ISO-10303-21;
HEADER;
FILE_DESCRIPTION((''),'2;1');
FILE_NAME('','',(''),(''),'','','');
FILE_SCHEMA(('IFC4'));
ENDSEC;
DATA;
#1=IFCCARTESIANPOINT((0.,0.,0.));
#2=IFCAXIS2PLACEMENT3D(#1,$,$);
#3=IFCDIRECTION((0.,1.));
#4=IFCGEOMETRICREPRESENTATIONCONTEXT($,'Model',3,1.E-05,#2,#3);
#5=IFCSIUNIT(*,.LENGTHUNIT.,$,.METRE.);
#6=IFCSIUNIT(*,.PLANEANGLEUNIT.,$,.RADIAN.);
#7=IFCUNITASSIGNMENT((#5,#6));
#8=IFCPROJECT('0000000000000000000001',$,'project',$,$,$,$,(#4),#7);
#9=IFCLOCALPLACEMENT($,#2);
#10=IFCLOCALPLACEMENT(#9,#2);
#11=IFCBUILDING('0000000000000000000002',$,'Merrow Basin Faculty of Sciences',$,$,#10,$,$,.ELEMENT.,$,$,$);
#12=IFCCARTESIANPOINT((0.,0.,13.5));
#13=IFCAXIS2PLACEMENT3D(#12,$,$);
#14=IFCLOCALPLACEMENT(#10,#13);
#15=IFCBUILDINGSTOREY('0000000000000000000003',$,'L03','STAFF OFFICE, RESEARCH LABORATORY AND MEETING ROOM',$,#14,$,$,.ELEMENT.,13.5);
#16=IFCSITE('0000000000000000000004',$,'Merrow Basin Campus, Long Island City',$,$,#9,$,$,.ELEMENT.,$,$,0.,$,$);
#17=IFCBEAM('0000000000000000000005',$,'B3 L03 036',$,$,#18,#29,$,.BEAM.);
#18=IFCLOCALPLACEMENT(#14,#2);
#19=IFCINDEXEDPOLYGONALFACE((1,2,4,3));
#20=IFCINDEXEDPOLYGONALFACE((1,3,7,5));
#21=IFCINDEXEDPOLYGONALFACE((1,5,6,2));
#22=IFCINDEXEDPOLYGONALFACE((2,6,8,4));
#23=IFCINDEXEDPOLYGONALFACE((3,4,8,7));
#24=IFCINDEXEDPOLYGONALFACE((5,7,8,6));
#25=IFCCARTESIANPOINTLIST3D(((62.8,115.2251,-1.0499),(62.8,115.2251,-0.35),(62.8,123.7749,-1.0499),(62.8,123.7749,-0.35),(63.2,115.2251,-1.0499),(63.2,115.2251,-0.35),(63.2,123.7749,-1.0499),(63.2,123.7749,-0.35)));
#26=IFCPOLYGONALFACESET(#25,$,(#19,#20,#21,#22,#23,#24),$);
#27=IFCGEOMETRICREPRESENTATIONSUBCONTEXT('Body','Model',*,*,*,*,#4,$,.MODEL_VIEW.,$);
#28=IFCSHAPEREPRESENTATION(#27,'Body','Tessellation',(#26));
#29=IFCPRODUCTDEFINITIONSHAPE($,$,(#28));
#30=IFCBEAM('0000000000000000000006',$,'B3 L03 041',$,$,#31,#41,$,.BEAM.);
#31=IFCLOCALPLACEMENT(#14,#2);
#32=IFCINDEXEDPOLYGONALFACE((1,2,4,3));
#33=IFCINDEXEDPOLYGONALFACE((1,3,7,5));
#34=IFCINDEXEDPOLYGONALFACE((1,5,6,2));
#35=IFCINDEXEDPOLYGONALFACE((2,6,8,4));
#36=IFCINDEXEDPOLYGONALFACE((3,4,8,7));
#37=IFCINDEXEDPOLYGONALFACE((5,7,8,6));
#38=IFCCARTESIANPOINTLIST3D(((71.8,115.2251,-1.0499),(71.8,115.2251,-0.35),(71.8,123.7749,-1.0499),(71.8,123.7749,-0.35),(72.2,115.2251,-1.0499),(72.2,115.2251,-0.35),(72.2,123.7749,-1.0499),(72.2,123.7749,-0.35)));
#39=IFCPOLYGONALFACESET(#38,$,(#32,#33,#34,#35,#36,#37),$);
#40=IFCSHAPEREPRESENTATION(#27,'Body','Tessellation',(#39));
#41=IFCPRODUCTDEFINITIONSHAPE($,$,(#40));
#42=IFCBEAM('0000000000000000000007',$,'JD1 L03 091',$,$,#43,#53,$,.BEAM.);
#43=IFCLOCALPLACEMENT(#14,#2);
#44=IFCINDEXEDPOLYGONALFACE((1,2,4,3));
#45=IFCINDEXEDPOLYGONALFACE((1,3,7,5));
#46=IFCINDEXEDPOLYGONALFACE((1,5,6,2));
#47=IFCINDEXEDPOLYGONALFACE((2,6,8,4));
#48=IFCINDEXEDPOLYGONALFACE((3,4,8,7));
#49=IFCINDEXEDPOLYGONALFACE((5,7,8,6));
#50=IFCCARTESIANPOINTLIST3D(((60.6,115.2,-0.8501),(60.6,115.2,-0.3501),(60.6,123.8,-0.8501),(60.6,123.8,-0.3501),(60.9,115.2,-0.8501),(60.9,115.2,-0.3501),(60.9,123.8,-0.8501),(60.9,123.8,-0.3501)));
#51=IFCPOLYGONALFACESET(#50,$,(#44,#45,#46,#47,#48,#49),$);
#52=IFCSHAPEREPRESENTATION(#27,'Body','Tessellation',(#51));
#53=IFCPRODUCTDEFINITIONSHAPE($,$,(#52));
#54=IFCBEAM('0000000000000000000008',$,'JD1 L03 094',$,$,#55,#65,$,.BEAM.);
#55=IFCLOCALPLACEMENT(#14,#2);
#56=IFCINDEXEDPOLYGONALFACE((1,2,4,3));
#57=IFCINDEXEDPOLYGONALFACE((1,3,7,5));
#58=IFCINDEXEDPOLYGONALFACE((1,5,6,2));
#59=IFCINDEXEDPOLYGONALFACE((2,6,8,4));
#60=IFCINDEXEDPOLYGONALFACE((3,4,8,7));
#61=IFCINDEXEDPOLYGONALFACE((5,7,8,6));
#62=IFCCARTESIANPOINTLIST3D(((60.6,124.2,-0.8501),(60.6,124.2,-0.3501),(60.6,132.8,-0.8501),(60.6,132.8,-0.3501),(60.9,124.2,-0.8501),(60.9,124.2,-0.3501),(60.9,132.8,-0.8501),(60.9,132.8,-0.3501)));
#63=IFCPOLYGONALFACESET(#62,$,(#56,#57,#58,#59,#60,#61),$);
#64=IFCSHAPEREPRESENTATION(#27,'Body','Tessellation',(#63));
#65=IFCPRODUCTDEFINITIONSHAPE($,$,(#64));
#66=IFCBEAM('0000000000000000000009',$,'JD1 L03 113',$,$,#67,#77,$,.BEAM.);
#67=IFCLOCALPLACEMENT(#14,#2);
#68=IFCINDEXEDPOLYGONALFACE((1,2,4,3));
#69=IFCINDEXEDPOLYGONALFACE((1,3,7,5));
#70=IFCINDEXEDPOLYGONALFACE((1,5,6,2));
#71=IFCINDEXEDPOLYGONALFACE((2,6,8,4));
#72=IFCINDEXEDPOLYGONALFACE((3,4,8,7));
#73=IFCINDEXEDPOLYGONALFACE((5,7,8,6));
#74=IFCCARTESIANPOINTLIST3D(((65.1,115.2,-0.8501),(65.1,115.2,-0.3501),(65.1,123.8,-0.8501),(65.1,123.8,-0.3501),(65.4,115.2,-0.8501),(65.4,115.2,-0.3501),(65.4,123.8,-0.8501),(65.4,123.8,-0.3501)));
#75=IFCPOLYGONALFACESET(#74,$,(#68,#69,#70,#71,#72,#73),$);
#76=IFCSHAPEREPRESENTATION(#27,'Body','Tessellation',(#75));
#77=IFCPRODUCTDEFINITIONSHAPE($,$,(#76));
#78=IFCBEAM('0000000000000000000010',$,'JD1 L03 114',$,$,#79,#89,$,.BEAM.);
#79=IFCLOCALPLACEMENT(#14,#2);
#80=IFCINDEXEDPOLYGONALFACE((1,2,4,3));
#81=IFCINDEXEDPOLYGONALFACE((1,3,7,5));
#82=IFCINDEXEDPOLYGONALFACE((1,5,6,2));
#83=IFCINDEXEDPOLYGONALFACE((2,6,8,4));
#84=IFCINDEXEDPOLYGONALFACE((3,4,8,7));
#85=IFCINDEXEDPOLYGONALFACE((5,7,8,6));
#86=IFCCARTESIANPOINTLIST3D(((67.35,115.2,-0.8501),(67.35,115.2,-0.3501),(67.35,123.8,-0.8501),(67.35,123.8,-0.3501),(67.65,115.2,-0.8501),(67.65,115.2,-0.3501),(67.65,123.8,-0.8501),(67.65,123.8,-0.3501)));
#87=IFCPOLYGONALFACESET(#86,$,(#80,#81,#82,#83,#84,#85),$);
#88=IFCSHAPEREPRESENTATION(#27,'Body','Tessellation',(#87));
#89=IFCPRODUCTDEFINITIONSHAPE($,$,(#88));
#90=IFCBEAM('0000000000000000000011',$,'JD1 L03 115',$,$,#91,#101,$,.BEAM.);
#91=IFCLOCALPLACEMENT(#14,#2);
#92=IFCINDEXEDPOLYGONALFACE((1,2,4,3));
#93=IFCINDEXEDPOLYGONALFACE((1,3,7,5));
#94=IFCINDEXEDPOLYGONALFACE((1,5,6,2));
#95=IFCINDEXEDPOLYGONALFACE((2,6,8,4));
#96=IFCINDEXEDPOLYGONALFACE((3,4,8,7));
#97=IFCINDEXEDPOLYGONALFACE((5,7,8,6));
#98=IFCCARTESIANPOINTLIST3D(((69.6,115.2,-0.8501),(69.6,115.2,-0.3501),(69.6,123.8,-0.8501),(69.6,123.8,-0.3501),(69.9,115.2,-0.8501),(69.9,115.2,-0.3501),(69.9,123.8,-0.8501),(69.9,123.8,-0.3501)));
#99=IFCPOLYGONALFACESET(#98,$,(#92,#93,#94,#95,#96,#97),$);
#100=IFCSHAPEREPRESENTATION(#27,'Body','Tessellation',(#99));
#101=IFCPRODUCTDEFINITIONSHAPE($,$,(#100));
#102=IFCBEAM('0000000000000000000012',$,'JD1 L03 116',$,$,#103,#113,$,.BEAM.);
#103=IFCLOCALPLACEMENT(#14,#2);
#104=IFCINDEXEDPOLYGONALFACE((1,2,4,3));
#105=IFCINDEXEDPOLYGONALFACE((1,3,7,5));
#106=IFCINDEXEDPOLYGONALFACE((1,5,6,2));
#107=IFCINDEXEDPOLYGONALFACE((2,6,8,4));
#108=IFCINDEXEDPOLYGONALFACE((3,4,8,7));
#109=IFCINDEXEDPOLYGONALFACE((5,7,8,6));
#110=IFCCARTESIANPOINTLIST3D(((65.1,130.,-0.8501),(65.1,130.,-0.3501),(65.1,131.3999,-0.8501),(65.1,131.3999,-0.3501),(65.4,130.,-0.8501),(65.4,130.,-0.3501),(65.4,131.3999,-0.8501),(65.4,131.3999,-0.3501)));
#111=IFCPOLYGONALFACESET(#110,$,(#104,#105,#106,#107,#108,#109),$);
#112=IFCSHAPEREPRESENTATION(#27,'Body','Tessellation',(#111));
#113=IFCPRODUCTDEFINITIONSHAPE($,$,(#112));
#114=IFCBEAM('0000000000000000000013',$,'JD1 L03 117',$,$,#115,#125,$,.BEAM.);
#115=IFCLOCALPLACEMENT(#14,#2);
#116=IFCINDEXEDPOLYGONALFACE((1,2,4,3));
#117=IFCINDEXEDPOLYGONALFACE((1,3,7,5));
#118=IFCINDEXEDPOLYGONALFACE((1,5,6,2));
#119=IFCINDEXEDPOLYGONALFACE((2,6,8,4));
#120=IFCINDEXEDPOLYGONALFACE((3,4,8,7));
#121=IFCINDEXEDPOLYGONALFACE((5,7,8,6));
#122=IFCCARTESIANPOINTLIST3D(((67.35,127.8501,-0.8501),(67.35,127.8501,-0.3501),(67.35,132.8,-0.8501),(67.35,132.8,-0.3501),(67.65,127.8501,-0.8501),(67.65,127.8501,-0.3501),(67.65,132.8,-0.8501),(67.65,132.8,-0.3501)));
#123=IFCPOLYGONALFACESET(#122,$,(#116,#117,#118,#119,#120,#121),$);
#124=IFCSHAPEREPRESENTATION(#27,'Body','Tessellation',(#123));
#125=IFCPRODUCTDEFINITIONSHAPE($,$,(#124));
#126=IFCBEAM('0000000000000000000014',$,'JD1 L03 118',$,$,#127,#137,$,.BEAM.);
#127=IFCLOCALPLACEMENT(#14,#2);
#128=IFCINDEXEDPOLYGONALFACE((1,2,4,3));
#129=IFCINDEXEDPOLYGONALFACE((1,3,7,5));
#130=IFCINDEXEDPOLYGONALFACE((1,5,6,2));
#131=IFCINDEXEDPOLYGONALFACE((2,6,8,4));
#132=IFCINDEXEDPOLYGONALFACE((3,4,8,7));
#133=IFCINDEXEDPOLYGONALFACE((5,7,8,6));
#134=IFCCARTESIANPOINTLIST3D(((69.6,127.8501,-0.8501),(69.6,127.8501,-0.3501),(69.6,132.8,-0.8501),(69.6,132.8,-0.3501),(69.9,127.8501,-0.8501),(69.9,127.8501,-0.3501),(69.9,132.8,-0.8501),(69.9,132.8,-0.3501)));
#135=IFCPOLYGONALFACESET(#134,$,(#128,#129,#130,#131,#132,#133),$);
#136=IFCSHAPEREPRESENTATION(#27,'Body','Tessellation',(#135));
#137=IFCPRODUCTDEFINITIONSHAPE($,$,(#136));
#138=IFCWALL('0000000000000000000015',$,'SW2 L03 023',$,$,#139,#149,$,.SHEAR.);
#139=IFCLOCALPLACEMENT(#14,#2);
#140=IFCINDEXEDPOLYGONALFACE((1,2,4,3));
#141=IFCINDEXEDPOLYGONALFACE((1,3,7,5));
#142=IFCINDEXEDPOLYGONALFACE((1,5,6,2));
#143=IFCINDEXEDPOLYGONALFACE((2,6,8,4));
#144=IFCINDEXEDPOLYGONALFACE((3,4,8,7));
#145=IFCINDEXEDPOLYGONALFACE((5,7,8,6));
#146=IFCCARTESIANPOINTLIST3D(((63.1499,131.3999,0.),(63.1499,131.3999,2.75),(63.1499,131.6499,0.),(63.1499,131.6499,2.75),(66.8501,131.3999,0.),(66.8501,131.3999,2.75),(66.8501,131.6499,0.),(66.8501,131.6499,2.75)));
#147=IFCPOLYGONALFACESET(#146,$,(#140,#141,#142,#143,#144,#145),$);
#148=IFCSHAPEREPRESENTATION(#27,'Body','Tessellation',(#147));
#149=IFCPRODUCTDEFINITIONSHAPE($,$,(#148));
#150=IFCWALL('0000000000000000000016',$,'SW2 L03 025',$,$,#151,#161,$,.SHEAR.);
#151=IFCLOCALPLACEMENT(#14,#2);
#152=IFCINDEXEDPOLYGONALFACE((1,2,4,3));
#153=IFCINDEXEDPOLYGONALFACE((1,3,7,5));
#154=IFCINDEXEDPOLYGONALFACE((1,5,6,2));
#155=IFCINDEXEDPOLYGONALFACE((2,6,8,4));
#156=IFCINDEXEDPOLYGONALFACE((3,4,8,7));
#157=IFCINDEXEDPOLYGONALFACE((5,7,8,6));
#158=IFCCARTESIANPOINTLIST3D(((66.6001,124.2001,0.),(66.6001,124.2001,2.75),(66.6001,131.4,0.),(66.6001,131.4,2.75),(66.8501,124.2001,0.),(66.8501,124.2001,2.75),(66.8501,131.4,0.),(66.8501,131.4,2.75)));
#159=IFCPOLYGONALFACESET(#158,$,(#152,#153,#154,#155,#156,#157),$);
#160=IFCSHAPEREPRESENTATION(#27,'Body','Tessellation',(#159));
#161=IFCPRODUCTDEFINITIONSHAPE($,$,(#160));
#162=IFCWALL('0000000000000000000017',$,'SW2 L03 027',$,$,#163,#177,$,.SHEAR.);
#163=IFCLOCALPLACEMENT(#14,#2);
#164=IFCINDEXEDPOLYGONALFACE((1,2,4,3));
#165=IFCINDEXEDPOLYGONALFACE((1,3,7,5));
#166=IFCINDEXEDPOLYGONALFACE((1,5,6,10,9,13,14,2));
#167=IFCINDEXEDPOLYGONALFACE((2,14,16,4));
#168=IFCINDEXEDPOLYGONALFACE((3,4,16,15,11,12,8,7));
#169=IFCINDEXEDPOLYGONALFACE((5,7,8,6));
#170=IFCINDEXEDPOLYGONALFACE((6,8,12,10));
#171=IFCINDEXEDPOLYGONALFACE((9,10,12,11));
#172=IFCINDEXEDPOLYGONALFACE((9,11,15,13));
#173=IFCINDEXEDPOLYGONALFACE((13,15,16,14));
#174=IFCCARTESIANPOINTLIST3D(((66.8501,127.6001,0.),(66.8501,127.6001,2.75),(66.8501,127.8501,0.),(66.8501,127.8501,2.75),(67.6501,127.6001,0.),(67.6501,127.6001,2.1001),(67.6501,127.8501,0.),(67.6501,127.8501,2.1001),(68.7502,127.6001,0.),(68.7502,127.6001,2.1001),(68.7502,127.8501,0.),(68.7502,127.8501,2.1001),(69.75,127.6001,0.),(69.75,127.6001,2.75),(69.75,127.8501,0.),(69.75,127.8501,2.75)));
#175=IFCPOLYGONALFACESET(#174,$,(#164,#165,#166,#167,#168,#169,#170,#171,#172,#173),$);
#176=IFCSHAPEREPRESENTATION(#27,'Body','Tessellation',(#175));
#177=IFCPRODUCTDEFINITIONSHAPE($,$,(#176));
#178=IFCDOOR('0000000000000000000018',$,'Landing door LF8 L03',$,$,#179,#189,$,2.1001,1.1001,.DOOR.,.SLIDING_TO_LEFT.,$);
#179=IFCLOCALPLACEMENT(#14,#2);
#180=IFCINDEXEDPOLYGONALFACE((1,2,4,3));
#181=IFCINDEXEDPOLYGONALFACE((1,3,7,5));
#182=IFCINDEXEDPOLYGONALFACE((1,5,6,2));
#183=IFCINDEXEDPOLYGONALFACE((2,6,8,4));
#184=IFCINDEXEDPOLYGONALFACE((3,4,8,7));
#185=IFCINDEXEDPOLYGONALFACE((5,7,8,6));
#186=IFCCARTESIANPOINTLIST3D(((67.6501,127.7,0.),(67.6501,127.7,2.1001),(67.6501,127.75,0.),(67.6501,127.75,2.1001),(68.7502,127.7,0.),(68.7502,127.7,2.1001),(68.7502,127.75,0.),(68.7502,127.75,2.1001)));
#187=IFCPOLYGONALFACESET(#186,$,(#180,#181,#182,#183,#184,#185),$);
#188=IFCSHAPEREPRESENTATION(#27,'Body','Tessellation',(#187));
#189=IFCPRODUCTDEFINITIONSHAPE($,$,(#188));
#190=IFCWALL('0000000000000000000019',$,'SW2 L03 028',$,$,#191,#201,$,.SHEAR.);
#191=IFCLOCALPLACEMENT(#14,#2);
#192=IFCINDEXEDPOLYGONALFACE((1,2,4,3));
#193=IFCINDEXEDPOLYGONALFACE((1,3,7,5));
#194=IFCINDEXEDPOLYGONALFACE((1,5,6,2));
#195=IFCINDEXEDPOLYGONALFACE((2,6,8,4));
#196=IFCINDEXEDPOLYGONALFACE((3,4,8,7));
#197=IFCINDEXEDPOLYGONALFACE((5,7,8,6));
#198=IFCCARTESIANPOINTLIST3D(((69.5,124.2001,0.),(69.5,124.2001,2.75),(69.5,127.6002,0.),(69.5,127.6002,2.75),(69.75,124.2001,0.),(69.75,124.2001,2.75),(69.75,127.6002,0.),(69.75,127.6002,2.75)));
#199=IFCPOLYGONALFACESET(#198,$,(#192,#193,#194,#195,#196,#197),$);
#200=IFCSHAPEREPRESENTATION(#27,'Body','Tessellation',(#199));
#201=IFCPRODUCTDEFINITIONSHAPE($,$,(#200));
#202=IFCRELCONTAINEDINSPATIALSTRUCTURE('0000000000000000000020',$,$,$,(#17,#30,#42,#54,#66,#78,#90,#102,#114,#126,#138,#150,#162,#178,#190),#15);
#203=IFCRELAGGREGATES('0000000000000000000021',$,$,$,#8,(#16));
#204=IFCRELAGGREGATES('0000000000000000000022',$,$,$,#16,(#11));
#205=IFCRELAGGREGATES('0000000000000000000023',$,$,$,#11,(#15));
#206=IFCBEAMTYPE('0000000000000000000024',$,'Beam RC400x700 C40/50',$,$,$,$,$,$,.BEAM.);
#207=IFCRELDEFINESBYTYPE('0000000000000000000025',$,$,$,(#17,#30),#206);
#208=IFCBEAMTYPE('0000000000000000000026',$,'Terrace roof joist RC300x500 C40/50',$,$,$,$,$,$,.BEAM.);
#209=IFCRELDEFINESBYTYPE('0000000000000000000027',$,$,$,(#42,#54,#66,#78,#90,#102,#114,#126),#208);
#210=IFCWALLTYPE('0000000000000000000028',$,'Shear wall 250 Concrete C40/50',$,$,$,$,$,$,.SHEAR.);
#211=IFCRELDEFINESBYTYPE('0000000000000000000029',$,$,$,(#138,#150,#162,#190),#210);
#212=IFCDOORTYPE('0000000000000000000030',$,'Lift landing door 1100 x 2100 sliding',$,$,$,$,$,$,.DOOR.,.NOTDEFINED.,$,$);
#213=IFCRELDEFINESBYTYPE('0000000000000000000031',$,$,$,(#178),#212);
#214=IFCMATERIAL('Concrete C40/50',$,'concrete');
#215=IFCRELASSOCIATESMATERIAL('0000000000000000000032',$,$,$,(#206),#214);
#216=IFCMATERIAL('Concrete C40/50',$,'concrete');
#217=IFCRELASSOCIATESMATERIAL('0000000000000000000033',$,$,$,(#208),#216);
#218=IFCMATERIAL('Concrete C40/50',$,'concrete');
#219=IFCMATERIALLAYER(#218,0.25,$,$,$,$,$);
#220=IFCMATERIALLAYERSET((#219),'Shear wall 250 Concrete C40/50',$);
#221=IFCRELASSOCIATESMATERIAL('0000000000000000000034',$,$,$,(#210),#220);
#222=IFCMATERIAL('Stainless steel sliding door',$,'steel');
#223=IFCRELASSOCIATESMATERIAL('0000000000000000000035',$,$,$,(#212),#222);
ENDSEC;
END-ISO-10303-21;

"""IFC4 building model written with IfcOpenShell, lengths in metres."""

from ifc_helpers import new_model, si_unit, direction, frame, frame_2d, origin, origin_2d, place, context, subcontext, project, spatial, rectangle, extrude, material, layer, layer_set, material_profile, profile_set, type_object, element, fill, save


model = new_model("IFC4")

# Units and contexts
model_context = context("Model", 3, precision=1e-05, world=origin(), true_north=direction((0.0, 1.0)))
body_context = subcontext(model_context, "Body", "Model", "MODEL_VIEW")
ifc_project = project(units=[si_unit("LENGTHUNIT", "METRE"), si_unit("PLANEANGLEUNIT", "RADIAN")], contexts=[model_context])

# Site, building, storey
site_placement = place(None, origin())
site = spatial("IfcSite", under=ifc_project, at=site_placement, Name="Merrow Basin Campus, Long Island City", CompositionType="ELEMENT", RefElevation=0.0)
building_placement = place(site_placement, origin())
building = spatial("IfcBuilding", under=site, at=building_placement, Name="Merrow Basin Faculty of Sciences", CompositionType="ELEMENT")
storey_placement = place(building_placement, frame((0.0, 0.0, 13.5)))
storey = spatial("IfcBuildingStorey", under=building, at=storey_placement, Name="L03", Description="STAFF OFFICE, RESEARCH LABORATORY AND MEETING ROOM", CompositionType="ELEMENT", Elevation=13.5)

# Beams
ifc_material_1 = material(Name="Concrete C40/50", Category="concrete")
ifc_material_profile_1 = material_profile(ifc_material_1, rectangle(XDim=0.3999, YDim=0.7, at=origin_2d()))
ifc_profile_set_1 = profile_set([ifc_material_profile_1], Name="Concrete C40/50")
beam_type_1 = type_object("IfcBeamType", Name="Beam RC400x700 C40/50", PredefinedType="BEAM", material=ifc_profile_set_1)
for number, where, z_axis, x_axis, name in (
    (1, (63.0, 115.2251, -0.7), (0.0, 1.0, 0.0), (-1.0, 0.0, 0.0), "B3 L03 036"),
    (2, (72.0, 115.2251, -0.7), (0.0, 1.0, 0.0), (-1.0, 0.0, 0.0), "B3 L03 041"),
):
    element("IfcBeam", number, at=place(storey_placement, frame(where, z_axis=z_axis, x_axis=x_axis)), inside=storey, type_object=beam_type_1, Name=name, PredefinedType="BEAM", context=body_context, shape_type="SweptSolid", body=[
        extrude(rectangle(XDim=0.3999, YDim=0.7, at=origin_2d()), origin(), (0.0, 0.0, 1.0), 8.5498),
    ])
ifc_material_2 = material(Name="Concrete C40/50", Category="concrete")
ifc_material_profile_2 = material_profile(ifc_material_2, rectangle(XDim=0.3, YDim=0.5, at=origin_2d()))
ifc_profile_set_2 = profile_set([ifc_material_profile_2], Name="Concrete C40/50")
beam_type_2 = type_object("IfcBeamType", Name="Terrace roof joist RC300x500 C40/50", PredefinedType="BEAM", material=ifc_profile_set_2)
for number, where, z_axis, x_axis, name in (
    (3, (60.75, 115.2, -0.6001), (0.0, 1.0, 0.0), (-1.0, 0.0, 0.0), "JD1 L03 091"),
    (4, (60.75, 124.2, -0.6001), (0.0, 1.0, 0.0), (-1.0, 0.0, 0.0), "JD1 L03 094"),
    (5, (65.25, 115.2, -0.6001), (0.0, 1.0, 0.0), (-1.0, 0.0, 0.0), "JD1 L03 113"),
    (6, (67.5, 115.2, -0.6001), (0.0, 1.0, 0.0), (-1.0, 0.0, 0.0), "JD1 L03 114"),
    (7, (69.75, 115.2, -0.6001), (0.0, 1.0, 0.0), (-1.0, 0.0, 0.0), "JD1 L03 115"),
):
    element("IfcBeam", number, at=place(storey_placement, frame(where, z_axis=z_axis, x_axis=x_axis)), inside=storey, type_object=beam_type_2, Name=name, PredefinedType="BEAM", context=body_context, shape_type="SweptSolid", body=[
        extrude(rectangle(XDim=0.3, YDim=0.5, at=origin_2d()), origin(), (0.0, 0.0, 1.0), 8.6001),
    ])
beam_placement = place(storey_placement, frame((65.25, 130.0, -0.6001), z_axis=(0.0, 1.0, 0.0), x_axis=(-1.0, 0.0, 0.0)))
element("IfcBeam", 8, at=beam_placement, inside=storey, type_object=beam_type_2, Name="JD1 L03 116", PredefinedType="BEAM", context=body_context, shape_type="SweptSolid", body=[
    extrude(rectangle(XDim=0.3, YDim=0.5, at=origin_2d()), origin(), (0.0, 0.0, 1.0), 1.3999),
])
for number, where, z_axis, x_axis, name in (
    (9, (67.5, 127.8501, -0.6001), (0.0, 1.0, 0.0), (-1.0, 0.0, 0.0), "JD1 L03 117"),
    (10, (69.75, 127.8501, -0.6001), (0.0, 1.0, 0.0), (-1.0, 0.0, 0.0), "JD1 L03 118"),
):
    element("IfcBeam", number, at=place(storey_placement, frame(where, z_axis=z_axis, x_axis=x_axis)), inside=storey, type_object=beam_type_2, Name=name, PredefinedType="BEAM", context=body_context, shape_type="SweptSolid", body=[
        extrude(rectangle(XDim=0.3, YDim=0.5, at=origin_2d()), origin(), (0.0, 0.0, 1.0), 4.95),
    ])

# Walls
ifc_material_3 = material(Name="Concrete C40/50", Category="concrete")
ifc_layer_1 = layer(ifc_material_3, 0.25)
ifc_layer_set_1 = layer_set([ifc_layer_1], Name="Shear wall 250 Concrete C40/50")
wall_type_1 = type_object("IfcWallType", Name="Shear wall 250 Concrete C40/50", PredefinedType="SHEAR", material=ifc_layer_set_1)
wall_1_placement = place(storey_placement, frame((63.1499, 131.5249, 0.0), z_axis=(0.0, 0.0, 1.0), x_axis=(1.0, 0.0, 0.0)))
element("IfcWall", 11, at=wall_1_placement, inside=storey, type_object=wall_type_1, Name="SW2 L03 023", PredefinedType="SHEAR", context=body_context, shape_type="SweptSolid", body=[
    extrude(rectangle(XDim=3.7002, YDim=0.25, at=frame_2d((1.8501, 0.0))), origin(), (0.0, 0.0, 1.0), 2.75),
])
wall_2_placement = place(storey_placement, frame((66.7251, 124.2, 0.0), z_axis=(0.0, 0.0, 1.0), x_axis=(0.0, 1.0, 0.0)))
element("IfcWall", 12, at=wall_2_placement, inside=storey, type_object=wall_type_1, Name="SW2 L03 025", PredefinedType="SHEAR", context=body_context, shape_type="SweptSolid", body=[
    extrude(rectangle(XDim=7.2, YDim=0.25, at=frame_2d((3.6001, 0.0))), origin(), (0.0, 0.0, 1.0), 2.75),
])

# Wall, opening, door
wall_3_placement = place(storey_placement, frame((66.8501, 127.7251, 0.0), z_axis=(0.0, 0.0, 1.0), x_axis=(1.0, 0.0, 0.0)))
wall_3 = element("IfcWall", 13, at=wall_3_placement, inside=storey, type_object=wall_type_1, Name="SW2 L03 027", PredefinedType="SHEAR", context=body_context, shape_type="SweptSolid", body=[
    extrude(rectangle(XDim=2.8999, YDim=0.25, at=frame_2d((1.45, 0.0))), origin(), (0.0, 0.0, 1.0), 2.75),
])
opening_1_placement = place(wall_3_placement, frame((0.8, 0.0, 0.0)))
opening_1 = element("IfcOpeningElement", 14, at=opening_1_placement, cuts=wall_3, PredefinedType="OPENING", context=body_context, shape_type="SweptSolid", body=[
    extrude(rectangle(XDim=1.1001, YDim=2.1001, at=frame_2d((0.55, 1.05))), frame((0.0, 0.135, 0.0), z_axis=(0.0, -1.0, 0.0), x_axis=(1.0, 0.0, 0.0)), (0.0, 0.0, 1.0), 0.27),
])
ifc_material_4 = material(Name="Stainless steel sliding door", Category="steel")
door_type_1 = type_object("IfcDoorType", Name="Lift landing door 1100 x 2100 sliding", OperationType="NOTDEFINED", PredefinedType="DOOR", material=ifc_material_4)
door_1_placement = place(opening_1_placement, origin())
door_1 = element("IfcDoor", 15, at=door_1_placement, inside=storey, type_object=door_type_1, Name="Landing door LF8 L03", OperationType="SLIDING_TO_LEFT", OverallHeight=2.1001, OverallWidth=1.1001, PredefinedType="DOOR", context=body_context, shape_type="SweptSolid", body=[
    extrude(rectangle(XDim=1.1001, YDim=2.1001, at=frame_2d((0.55, 1.05))), frame((0.0, 0.0249, 0.0), z_axis=(0.0, -1.0, 0.0), x_axis=(1.0, 0.0, 0.0)), (0.0, 0.0, 1.0), 0.05),
])
fill(opening_1, door_1)

# Wall
wall_4_placement = place(storey_placement, frame((69.625, 124.2, 0.0), z_axis=(0.0, 0.0, 1.0), x_axis=(0.0, 1.0, 0.0)))
element("IfcWall", 16, at=wall_4_placement, inside=storey, type_object=wall_type_1, Name="SW2 L03 028", PredefinedType="SHEAR", context=body_context, shape_type="SweptSolid", body=[
    extrude(rectangle(XDim=3.4001, YDim=0.25, at=frame_2d((1.7002, 0.0))), origin(), (0.0, 0.0, 1.0), 2.75),
])

save(model, "model.ifc")
